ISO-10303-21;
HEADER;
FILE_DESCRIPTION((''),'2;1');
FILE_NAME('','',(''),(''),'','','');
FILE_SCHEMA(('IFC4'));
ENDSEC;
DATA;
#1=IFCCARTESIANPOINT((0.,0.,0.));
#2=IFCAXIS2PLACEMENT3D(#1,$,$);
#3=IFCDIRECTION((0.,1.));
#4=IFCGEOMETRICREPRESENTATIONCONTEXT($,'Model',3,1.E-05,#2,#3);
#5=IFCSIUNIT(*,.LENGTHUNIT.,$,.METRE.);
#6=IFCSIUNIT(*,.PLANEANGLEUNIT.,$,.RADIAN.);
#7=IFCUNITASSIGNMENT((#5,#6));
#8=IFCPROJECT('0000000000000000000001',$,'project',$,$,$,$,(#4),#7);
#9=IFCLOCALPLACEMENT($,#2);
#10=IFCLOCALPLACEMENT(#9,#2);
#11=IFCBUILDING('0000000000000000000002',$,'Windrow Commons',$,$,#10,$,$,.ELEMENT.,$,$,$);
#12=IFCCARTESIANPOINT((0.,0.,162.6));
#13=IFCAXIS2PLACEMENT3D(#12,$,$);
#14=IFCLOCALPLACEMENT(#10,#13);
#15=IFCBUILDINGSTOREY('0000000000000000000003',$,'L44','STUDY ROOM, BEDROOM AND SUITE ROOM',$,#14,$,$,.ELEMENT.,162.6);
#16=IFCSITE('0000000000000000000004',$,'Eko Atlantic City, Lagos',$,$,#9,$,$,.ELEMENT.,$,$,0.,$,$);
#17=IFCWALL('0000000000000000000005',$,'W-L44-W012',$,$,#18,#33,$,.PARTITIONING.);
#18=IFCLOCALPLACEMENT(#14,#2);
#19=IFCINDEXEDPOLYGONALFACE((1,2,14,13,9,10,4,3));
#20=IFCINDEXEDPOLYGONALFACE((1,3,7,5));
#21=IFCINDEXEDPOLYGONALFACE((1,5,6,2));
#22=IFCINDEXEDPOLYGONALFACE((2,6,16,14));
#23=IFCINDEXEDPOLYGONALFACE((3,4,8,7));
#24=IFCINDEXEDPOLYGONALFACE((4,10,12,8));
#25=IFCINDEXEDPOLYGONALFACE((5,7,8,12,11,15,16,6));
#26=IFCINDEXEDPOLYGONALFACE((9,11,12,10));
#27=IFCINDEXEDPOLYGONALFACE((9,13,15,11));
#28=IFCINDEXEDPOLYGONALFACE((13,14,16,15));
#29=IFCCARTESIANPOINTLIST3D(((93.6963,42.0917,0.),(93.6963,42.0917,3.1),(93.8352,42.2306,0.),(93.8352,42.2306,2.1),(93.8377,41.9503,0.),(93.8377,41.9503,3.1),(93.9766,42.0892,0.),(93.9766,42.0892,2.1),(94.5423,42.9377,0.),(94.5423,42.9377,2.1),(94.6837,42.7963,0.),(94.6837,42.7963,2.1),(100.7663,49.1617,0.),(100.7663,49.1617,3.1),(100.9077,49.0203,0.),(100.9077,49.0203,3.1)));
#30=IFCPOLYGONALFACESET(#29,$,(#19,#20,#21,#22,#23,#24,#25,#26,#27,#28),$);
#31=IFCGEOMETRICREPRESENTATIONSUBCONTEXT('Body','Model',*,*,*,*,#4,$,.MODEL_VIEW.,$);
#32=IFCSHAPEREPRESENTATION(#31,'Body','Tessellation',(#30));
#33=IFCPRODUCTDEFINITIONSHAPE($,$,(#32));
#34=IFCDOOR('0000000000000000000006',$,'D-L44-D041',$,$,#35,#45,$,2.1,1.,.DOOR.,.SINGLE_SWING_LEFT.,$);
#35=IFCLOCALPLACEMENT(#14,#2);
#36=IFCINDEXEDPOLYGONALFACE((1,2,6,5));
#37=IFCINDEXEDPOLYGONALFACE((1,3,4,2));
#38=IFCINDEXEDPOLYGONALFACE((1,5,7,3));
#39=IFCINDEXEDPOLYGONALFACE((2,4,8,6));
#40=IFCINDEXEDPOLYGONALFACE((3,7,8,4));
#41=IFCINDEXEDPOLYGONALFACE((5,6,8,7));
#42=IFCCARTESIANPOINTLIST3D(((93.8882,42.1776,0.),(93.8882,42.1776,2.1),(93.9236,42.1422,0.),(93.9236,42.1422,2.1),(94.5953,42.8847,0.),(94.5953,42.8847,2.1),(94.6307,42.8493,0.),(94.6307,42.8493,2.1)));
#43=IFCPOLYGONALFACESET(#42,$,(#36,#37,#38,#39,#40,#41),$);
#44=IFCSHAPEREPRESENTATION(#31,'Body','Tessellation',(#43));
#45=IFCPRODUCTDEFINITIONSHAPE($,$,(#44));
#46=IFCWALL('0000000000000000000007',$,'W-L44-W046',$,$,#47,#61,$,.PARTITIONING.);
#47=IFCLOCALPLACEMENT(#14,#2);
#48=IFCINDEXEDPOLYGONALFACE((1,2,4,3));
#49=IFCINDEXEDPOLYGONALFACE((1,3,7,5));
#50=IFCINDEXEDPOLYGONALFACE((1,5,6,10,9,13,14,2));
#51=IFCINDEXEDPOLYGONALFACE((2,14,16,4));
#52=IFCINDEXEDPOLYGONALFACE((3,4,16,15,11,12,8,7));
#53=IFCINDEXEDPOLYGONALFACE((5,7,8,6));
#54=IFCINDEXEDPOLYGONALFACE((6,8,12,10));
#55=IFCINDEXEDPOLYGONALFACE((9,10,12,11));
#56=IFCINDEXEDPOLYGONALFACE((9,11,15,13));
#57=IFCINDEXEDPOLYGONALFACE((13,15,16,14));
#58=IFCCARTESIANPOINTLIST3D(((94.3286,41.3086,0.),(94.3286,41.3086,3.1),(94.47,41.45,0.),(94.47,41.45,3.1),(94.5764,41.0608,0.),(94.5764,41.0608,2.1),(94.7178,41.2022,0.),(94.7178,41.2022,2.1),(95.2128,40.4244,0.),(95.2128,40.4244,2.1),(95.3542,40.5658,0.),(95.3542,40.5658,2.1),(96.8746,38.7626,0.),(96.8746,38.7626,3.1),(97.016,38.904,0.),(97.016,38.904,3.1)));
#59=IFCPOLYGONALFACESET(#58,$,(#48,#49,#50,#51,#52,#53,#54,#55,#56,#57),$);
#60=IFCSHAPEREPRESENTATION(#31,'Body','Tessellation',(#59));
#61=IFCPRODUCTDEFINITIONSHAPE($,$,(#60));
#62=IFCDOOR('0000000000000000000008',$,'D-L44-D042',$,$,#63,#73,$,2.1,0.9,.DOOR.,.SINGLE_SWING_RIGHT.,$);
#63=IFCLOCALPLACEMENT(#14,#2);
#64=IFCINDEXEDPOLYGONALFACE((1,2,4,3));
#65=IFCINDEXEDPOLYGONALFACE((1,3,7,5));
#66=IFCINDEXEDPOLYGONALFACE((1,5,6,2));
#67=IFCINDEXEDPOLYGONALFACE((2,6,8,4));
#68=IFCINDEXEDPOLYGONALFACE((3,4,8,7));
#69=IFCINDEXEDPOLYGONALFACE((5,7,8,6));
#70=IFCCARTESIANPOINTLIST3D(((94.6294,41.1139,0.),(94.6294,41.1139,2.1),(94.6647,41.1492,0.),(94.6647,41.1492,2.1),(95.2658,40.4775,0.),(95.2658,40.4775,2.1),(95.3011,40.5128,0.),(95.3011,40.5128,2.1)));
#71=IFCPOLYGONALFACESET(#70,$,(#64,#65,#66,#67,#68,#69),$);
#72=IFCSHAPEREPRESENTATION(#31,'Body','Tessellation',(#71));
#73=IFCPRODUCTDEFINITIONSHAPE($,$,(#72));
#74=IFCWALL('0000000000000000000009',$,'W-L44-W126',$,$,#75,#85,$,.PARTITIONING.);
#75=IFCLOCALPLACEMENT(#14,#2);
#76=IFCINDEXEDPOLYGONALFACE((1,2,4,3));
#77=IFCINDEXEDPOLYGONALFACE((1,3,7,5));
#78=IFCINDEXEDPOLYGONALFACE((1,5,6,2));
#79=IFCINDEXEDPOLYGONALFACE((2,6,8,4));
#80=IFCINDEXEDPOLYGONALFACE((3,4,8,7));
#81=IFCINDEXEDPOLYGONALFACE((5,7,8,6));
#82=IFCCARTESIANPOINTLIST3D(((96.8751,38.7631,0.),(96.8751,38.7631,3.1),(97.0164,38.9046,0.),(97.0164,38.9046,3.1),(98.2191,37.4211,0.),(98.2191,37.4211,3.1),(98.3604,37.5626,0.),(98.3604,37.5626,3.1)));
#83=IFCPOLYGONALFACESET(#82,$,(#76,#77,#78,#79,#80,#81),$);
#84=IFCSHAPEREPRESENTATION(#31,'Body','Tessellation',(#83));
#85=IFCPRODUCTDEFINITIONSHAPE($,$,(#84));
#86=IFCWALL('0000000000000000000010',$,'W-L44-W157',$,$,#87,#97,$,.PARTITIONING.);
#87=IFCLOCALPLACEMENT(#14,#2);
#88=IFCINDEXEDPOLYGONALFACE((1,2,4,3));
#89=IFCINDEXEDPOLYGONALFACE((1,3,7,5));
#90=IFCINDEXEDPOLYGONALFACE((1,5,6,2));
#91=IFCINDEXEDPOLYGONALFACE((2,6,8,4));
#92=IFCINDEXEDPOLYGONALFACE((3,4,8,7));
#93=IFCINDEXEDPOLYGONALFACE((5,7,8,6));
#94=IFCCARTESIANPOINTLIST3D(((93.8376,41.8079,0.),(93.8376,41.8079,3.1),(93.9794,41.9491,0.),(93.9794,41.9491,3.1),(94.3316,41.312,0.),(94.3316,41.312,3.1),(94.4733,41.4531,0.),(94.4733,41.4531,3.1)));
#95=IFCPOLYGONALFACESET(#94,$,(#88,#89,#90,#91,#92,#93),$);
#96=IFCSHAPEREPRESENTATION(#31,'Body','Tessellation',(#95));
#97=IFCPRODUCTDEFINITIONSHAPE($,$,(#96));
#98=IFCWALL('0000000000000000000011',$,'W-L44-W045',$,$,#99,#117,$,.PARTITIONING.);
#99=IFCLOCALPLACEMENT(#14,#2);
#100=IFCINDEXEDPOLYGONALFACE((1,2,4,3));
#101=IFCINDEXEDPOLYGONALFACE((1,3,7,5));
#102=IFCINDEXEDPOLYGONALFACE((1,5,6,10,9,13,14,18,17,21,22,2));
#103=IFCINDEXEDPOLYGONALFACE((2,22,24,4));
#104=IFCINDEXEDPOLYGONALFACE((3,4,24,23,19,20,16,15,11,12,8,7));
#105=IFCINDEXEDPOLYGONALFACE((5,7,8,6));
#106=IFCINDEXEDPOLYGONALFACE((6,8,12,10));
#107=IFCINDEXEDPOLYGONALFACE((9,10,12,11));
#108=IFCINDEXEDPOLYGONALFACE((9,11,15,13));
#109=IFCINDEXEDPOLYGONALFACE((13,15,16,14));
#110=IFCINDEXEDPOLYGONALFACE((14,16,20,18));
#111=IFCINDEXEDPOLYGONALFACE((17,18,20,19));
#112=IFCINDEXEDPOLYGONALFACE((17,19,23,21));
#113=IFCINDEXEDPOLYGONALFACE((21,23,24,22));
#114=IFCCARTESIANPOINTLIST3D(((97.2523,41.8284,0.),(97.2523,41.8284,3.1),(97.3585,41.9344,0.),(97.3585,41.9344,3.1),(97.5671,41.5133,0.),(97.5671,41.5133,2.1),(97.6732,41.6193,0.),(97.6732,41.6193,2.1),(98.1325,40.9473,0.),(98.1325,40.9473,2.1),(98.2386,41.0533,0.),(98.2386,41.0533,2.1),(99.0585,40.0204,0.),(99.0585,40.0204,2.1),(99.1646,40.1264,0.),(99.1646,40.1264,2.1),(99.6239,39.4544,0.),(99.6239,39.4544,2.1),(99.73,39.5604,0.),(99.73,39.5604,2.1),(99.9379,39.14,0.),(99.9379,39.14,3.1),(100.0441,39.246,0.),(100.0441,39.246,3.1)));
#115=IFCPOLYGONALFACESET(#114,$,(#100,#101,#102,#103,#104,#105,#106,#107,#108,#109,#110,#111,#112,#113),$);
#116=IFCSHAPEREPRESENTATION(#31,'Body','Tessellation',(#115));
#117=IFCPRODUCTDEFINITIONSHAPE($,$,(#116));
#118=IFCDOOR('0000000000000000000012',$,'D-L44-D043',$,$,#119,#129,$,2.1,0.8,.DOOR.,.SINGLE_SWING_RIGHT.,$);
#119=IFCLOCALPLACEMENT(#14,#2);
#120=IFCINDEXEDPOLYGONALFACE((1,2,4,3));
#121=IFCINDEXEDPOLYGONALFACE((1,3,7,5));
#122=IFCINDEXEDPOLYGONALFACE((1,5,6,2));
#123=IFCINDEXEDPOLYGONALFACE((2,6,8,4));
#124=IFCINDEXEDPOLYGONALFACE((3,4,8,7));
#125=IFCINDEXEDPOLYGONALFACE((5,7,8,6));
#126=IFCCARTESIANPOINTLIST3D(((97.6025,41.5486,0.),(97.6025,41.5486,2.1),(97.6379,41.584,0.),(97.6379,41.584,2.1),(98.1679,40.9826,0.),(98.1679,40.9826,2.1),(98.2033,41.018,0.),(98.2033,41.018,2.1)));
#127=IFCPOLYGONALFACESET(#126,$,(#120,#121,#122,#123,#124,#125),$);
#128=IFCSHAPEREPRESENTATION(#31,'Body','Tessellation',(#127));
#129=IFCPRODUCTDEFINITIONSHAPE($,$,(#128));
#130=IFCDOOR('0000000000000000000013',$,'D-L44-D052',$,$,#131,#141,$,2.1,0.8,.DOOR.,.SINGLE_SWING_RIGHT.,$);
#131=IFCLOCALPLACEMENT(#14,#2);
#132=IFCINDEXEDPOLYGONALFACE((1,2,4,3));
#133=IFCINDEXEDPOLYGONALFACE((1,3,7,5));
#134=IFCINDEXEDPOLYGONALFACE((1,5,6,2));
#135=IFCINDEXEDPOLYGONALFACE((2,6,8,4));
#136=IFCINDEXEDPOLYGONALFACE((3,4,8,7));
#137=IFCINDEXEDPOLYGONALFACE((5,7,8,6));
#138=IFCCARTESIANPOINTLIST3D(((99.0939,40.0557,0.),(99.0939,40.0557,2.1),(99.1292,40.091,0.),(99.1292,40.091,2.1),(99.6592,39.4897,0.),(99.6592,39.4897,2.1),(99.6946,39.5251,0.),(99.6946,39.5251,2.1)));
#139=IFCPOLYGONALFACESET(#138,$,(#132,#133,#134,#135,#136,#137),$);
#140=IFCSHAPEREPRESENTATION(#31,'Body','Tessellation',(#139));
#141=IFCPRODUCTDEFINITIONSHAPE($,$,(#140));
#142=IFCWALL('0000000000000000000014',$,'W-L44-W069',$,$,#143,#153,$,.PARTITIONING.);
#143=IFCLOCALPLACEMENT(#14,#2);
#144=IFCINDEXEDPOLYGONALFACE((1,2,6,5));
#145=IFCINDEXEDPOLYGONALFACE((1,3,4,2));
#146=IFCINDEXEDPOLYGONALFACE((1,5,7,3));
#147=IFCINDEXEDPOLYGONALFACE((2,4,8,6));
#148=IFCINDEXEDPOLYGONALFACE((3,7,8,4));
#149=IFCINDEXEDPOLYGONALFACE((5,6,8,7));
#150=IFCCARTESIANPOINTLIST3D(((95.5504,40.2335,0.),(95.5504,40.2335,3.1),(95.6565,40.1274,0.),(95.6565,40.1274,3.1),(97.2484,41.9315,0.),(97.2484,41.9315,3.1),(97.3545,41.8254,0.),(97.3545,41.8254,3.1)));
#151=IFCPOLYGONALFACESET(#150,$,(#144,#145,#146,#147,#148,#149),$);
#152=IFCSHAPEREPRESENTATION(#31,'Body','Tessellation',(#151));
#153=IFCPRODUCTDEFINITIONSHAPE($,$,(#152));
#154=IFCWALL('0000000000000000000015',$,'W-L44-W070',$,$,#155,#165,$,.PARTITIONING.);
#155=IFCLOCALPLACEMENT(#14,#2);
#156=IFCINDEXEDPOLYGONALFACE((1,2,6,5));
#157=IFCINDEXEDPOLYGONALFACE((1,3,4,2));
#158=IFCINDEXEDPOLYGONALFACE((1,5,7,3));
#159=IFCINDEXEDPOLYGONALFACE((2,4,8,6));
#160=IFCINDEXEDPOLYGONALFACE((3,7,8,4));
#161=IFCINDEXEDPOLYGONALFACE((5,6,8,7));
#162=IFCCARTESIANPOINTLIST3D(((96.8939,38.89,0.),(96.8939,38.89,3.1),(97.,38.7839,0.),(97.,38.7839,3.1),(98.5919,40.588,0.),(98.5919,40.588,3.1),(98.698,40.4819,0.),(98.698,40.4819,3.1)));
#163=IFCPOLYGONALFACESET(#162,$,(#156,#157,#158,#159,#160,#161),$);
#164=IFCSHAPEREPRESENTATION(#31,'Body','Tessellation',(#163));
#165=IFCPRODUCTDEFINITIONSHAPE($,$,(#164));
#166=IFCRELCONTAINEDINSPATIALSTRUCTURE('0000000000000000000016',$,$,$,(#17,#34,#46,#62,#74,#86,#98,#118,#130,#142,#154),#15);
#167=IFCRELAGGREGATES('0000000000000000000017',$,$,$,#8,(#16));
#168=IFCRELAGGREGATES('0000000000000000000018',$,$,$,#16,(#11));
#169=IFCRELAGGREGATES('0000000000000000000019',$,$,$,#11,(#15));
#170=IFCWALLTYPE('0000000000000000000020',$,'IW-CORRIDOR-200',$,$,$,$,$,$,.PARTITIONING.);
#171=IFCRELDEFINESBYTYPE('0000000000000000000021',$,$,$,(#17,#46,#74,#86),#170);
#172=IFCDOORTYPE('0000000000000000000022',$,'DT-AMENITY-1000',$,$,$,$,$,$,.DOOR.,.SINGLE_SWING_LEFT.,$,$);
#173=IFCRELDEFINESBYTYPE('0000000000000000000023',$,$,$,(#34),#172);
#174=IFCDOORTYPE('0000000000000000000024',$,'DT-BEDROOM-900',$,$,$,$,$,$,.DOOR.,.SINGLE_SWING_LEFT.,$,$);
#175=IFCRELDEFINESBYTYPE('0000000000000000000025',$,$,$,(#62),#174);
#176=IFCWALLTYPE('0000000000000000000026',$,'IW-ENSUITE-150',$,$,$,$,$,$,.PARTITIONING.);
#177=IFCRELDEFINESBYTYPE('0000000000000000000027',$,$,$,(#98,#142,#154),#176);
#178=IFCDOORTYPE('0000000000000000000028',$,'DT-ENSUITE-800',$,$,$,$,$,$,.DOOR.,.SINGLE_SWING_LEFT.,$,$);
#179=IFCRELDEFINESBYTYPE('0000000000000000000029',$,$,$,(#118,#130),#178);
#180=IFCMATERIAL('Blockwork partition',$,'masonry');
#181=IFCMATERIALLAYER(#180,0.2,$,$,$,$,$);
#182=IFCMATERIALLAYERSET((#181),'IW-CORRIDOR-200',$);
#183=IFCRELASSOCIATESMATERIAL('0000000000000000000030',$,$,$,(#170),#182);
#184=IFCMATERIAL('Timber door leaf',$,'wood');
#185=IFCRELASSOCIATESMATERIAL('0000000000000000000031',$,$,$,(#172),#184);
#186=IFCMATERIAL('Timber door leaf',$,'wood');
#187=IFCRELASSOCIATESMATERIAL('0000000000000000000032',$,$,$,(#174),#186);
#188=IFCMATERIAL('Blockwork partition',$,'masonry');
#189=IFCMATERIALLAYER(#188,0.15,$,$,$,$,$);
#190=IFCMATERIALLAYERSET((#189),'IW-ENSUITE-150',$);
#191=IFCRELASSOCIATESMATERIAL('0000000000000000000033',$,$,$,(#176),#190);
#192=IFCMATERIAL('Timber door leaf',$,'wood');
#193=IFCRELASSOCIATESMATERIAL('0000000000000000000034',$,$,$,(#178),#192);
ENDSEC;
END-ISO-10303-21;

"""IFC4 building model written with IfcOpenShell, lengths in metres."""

from ifc_helpers import new_model, si_unit, direction, frame, frame_2d, origin, place, context, subcontext, project, spatial, rectangle, extrude, material, layer, layer_set, type_object, element, fill, save


model = new_model("IFC4")

# Units and contexts
model_context = context("Model", 3, precision=1e-05, world=origin(), true_north=direction((0.0, 1.0)))
body_context = subcontext(model_context, "Body", "Model", "MODEL_VIEW")
ifc_project = project(units=[si_unit("LENGTHUNIT", "METRE"), si_unit("PLANEANGLEUNIT", "RADIAN")], contexts=[model_context])

# Site, building, storey
site_placement = place(None, origin())
site = spatial("IfcSite", under=ifc_project, at=site_placement, Name="Eko Atlantic City, Lagos", CompositionType="ELEMENT", RefElevation=0.0)
building_placement = place(site_placement, origin())
building = spatial("IfcBuilding", under=site, at=building_placement, Name="Windrow Commons", CompositionType="ELEMENT")
storey_placement = place(building_placement, frame((0.0, 0.0, 162.6)))
storey = spatial("IfcBuildingStorey", under=building, at=storey_placement, Name="L44", Description="STUDY ROOM, BEDROOM AND SUITE ROOM", CompositionType="ELEMENT", Elevation=162.6)

# Walls, openings, doors
ifc_material_1 = material(Name="Blockwork partition", Category="masonry")
ifc_layer_1 = layer(ifc_material_1, 0.2)
ifc_layer_set_1 = layer_set([ifc_layer_1], Name="IW-CORRIDOR-200")
wall_type_1 = type_object("IfcWallType", Name="IW-CORRIDOR-200", PredefinedType="PARTITIONING", material=ifc_layer_set_1)
wall_1_placement = place(storey_placement, frame((93.767, 42.021, 0.0), z_axis=(0.0, 0.0, 1.0), x_axis=(0.707107, 0.707107, 0.0)))
wall_1 = element("IfcWall", 1, at=wall_1_placement, inside=storey, type_object=wall_type_1, Name="W-L44-W012", PredefinedType="PARTITIONING", context=body_context, shape_type="SweptSolid", body=[
    extrude(rectangle(XDim=9.9985, YDim=0.2, at=frame_2d((4.9992, 0.0))), origin(), (0.0, 0.0, 1.0), 3.1),
])
opening_1_placement = place(wall_1_placement, frame((0.1964, 0.0, 0.0)))
opening_1 = element("IfcOpeningElement", 2, at=opening_1_placement, cuts=wall_1, PredefinedType="OPENING", context=body_context, shape_type="SweptSolid", body=[
    extrude(rectangle(XDim=1.0, YDim=2.1, at=frame_2d((0.5, 1.05))), frame((0.0, 0.11, 0.0), z_axis=(0.0, -1.0, 0.0), x_axis=(1.0, 0.0, 0.0)), (0.0, 0.0, 1.0), 0.22),
])
ifc_material_2 = material(Name="Timber door leaf", Category="wood")
door_type_1 = type_object("IfcDoorType", Name="DT-AMENITY-1000", OperationType="SINGLE_SWING_LEFT", PredefinedType="DOOR", material=ifc_material_2)
door_1_placement = place(opening_1_placement, origin())
door_1 = element("IfcDoor", 3, at=door_1_placement, inside=storey, type_object=door_type_1, Name="D-L44-D041", OperationType="SINGLE_SWING_LEFT", OverallHeight=2.1, OverallWidth=1.0, PredefinedType="DOOR", context=body_context, shape_type="SweptSolid", body=[
    extrude(rectangle(XDim=1.0, YDim=2.1, at=frame_2d((0.5, 1.05))), frame((0.0, 0.025, 0.0), z_axis=(0.0, -1.0, 0.0), x_axis=(1.0, 0.0, 0.0)), (0.0, 0.0, 1.0), 0.05),
])
fill(opening_1, door_1)
wall_2_placement = place(storey_placement, frame((94.3993, 41.3793, 0.0), z_axis=(0.0, 0.0, 1.0), x_axis=(0.707107, -0.707107, 0.0)))
wall_2 = element("IfcWall", 4, at=wall_2_placement, inside=storey, type_object=wall_type_1, Name="W-L44-W046", PredefinedType="PARTITIONING", context=body_context, shape_type="SweptSolid", body=[
    extrude(rectangle(XDim=3.6006, YDim=0.2, at=frame_2d((1.8003, 0.0))), origin(), (0.0, 0.0, 1.0), 3.1),
])
opening_2_placement = place(wall_2_placement, frame((0.3504, 0.0, 0.0)))
opening_2 = element("IfcOpeningElement", 5, at=opening_2_placement, cuts=wall_2, PredefinedType="OPENING", context=body_context, shape_type="SweptSolid", body=[
    extrude(rectangle(XDim=0.9, YDim=2.1, at=frame_2d((0.45, 1.05))), frame((0.0, 0.11, 0.0), z_axis=(0.0, -1.0, 0.0), x_axis=(1.0, 0.0, 0.0)), (0.0, 0.0, 1.0), 0.22),
])
ifc_material_3 = material(Name="Timber door leaf", Category="wood")
door_type_2 = type_object("IfcDoorType", Name="DT-BEDROOM-900", OperationType="SINGLE_SWING_LEFT", PredefinedType="DOOR", material=ifc_material_3)
door_2_placement = place(opening_2_placement, origin())
door_2 = element("IfcDoor", 6, at=door_2_placement, inside=storey, type_object=door_type_2, Name="D-L44-D042", OperationType="SINGLE_SWING_RIGHT", OverallHeight=2.1, OverallWidth=0.9, PredefinedType="DOOR", context=body_context, shape_type="SweptSolid", body=[
    extrude(rectangle(XDim=0.9, YDim=2.1, at=frame_2d((0.45, 1.05))), frame((0.0, 0.025, 0.0), z_axis=(0.0, -1.0, 0.0), x_axis=(1.0, 0.0, 0.0)), (0.0, 0.0, 1.0), 0.05),
])
fill(opening_2, door_2)

# Walls
wall_3_placement = place(storey_placement, frame((96.9458, 38.8338, 0.0), z_axis=(0.0, 0.0, 1.0), x_axis=(0.707633, -0.70658, 0.0)))
element("IfcWall", 7, at=wall_3_placement, inside=storey, type_object=wall_type_1, Name="W-L44-W126", PredefinedType="PARTITIONING", context=body_context, shape_type="SweptSolid", body=[
    extrude(rectangle(XDim=1.8993, YDim=0.2, at=frame_2d((0.9496, 0.0))), origin(), (0.0, 0.0, 1.0), 3.1),
])
wall_4_placement = place(storey_placement, frame((93.9085, 41.8785, 0.0), z_axis=(0.0, 0.0, 1.0), x_axis=(0.705677, -0.708534, 0.0)))
element("IfcWall", 8, at=wall_4_placement, inside=storey, type_object=wall_type_1, Name="W-L44-W157", PredefinedType="PARTITIONING", context=body_context, shape_type="SweptSolid", body=[
    extrude(rectangle(XDim=0.7, YDim=0.2, at=frame_2d((0.35, 0.0))), origin(), (0.0, 0.0, 1.0), 3.1),
])

# Wall, openings, doors
ifc_material_4 = material(Name="Blockwork partition", Category="masonry")
ifc_layer_2 = layer(ifc_material_4, 0.15)
ifc_layer_set_2 = layer_set([ifc_layer_2], Name="IW-ENSUITE-150")
wall_type_2 = type_object("IfcWallType", Name="IW-ENSUITE-150", PredefinedType="PARTITIONING", material=ifc_layer_set_2)
wall_5_placement = place(storey_placement, frame((97.3054, 41.8814, 0.0), z_axis=(0.0, 0.0, 1.0), x_axis=(0.706738, -0.707475, 0.0)))
wall_5 = element("IfcWall", 9, at=wall_5_placement, inside=storey, type_object=wall_type_2, Name="W-L44-W045", PredefinedType="PARTITIONING", context=body_context, shape_type="SweptSolid", body=[
    extrude(rectangle(XDim=3.8, YDim=0.15, at=frame_2d((1.9, 0.0))), origin(), (0.0, 0.0, 1.0), 3.1),
])
opening_3_placement = place(wall_5_placement, frame((0.4454, 0.0, 0.0)))
opening_3 = element("IfcOpeningElement", 10, at=opening_3_placement, cuts=wall_5, PredefinedType="OPENING", context=body_context, shape_type="SweptSolid", body=[
    extrude(rectangle(XDim=0.8, YDim=2.1, at=frame_2d((0.4, 1.05))), frame((0.0, 0.085, 0.0), z_axis=(0.0, -1.0, 0.0), x_axis=(1.0, 0.0, 0.0)), (0.0, 0.0, 1.0), 0.17),
])
opening_4_placement = place(wall_5_placement, frame((2.5556, 0.0, 0.0)))
opening_4 = element("IfcOpeningElement", 11, at=opening_4_placement, cuts=wall_5, PredefinedType="OPENING", context=body_context, shape_type="SweptSolid", body=[
    extrude(rectangle(XDim=0.8, YDim=2.1, at=frame_2d((0.4, 1.05))), frame((0.0, 0.085, 0.0), z_axis=(0.0, -1.0, 0.0), x_axis=(1.0, 0.0, 0.0)), (0.0, 0.0, 1.0), 0.17),
])
ifc_material_5 = material(Name="Timber door leaf", Category="wood")
door_type_3 = type_object("IfcDoorType", Name="DT-ENSUITE-800", OperationType="SINGLE_SWING_LEFT", PredefinedType="DOOR", material=ifc_material_5)
door_3_placement = place(opening_3_placement, origin())
door_3 = element("IfcDoor", 12, at=door_3_placement, inside=storey, type_object=door_type_3, Name="D-L44-D043", OperationType="SINGLE_SWING_RIGHT", OverallHeight=2.1, OverallWidth=0.8, PredefinedType="DOOR", context=body_context, shape_type="SweptSolid", body=[
    extrude(rectangle(XDim=0.8, YDim=2.1, at=frame_2d((0.4, 1.05))), frame((0.0, 0.025, 0.0), z_axis=(0.0, -1.0, 0.0), x_axis=(1.0, 0.0, 0.0)), (0.0, 0.0, 1.0), 0.05),
])
fill(opening_3, door_3)
door_4_placement = place(opening_4_placement, origin())
door_4 = element("IfcDoor", 13, at=door_4_placement, inside=storey, type_object=door_type_3, Name="D-L44-D052", OperationType="SINGLE_SWING_RIGHT", OverallHeight=2.1, OverallWidth=0.8, PredefinedType="DOOR", context=body_context, shape_type="SweptSolid", body=[
    extrude(rectangle(XDim=0.8, YDim=2.1, at=frame_2d((0.4, 1.05))), frame((0.0, 0.025, 0.0), z_axis=(0.0, -1.0, 0.0), x_axis=(1.0, 0.0, 0.0)), (0.0, 0.0, 1.0), 0.05),
])
fill(opening_4, door_4)

# Walls
for number, where, z_axis, x_axis, name in (
    (14, (95.6035, 40.1805, 0.0), (0.0, 0.0, 1.0), (0.707107, 0.707107, 0.0), "W-L44-W069"),
    (15, (96.947, 38.837, 0.0), (0.0, 0.0, 1.0), (0.707107, 0.707107, 0.0), "W-L44-W070"),
):
    element("IfcWall", number, at=place(storey_placement, frame(where, z_axis=z_axis, x_axis=x_axis)), inside=storey, type_object=wall_type_2, Name=name, PredefinedType="PARTITIONING", context=body_context, shape_type="SweptSolid", body=[
        extrude(rectangle(XDim=2.4013, YDim=0.15, at=frame_2d((1.2006, 0.0))), origin(), (0.0, 0.0, 1.0), 3.1),
    ])

save(model, "model.ifc")
